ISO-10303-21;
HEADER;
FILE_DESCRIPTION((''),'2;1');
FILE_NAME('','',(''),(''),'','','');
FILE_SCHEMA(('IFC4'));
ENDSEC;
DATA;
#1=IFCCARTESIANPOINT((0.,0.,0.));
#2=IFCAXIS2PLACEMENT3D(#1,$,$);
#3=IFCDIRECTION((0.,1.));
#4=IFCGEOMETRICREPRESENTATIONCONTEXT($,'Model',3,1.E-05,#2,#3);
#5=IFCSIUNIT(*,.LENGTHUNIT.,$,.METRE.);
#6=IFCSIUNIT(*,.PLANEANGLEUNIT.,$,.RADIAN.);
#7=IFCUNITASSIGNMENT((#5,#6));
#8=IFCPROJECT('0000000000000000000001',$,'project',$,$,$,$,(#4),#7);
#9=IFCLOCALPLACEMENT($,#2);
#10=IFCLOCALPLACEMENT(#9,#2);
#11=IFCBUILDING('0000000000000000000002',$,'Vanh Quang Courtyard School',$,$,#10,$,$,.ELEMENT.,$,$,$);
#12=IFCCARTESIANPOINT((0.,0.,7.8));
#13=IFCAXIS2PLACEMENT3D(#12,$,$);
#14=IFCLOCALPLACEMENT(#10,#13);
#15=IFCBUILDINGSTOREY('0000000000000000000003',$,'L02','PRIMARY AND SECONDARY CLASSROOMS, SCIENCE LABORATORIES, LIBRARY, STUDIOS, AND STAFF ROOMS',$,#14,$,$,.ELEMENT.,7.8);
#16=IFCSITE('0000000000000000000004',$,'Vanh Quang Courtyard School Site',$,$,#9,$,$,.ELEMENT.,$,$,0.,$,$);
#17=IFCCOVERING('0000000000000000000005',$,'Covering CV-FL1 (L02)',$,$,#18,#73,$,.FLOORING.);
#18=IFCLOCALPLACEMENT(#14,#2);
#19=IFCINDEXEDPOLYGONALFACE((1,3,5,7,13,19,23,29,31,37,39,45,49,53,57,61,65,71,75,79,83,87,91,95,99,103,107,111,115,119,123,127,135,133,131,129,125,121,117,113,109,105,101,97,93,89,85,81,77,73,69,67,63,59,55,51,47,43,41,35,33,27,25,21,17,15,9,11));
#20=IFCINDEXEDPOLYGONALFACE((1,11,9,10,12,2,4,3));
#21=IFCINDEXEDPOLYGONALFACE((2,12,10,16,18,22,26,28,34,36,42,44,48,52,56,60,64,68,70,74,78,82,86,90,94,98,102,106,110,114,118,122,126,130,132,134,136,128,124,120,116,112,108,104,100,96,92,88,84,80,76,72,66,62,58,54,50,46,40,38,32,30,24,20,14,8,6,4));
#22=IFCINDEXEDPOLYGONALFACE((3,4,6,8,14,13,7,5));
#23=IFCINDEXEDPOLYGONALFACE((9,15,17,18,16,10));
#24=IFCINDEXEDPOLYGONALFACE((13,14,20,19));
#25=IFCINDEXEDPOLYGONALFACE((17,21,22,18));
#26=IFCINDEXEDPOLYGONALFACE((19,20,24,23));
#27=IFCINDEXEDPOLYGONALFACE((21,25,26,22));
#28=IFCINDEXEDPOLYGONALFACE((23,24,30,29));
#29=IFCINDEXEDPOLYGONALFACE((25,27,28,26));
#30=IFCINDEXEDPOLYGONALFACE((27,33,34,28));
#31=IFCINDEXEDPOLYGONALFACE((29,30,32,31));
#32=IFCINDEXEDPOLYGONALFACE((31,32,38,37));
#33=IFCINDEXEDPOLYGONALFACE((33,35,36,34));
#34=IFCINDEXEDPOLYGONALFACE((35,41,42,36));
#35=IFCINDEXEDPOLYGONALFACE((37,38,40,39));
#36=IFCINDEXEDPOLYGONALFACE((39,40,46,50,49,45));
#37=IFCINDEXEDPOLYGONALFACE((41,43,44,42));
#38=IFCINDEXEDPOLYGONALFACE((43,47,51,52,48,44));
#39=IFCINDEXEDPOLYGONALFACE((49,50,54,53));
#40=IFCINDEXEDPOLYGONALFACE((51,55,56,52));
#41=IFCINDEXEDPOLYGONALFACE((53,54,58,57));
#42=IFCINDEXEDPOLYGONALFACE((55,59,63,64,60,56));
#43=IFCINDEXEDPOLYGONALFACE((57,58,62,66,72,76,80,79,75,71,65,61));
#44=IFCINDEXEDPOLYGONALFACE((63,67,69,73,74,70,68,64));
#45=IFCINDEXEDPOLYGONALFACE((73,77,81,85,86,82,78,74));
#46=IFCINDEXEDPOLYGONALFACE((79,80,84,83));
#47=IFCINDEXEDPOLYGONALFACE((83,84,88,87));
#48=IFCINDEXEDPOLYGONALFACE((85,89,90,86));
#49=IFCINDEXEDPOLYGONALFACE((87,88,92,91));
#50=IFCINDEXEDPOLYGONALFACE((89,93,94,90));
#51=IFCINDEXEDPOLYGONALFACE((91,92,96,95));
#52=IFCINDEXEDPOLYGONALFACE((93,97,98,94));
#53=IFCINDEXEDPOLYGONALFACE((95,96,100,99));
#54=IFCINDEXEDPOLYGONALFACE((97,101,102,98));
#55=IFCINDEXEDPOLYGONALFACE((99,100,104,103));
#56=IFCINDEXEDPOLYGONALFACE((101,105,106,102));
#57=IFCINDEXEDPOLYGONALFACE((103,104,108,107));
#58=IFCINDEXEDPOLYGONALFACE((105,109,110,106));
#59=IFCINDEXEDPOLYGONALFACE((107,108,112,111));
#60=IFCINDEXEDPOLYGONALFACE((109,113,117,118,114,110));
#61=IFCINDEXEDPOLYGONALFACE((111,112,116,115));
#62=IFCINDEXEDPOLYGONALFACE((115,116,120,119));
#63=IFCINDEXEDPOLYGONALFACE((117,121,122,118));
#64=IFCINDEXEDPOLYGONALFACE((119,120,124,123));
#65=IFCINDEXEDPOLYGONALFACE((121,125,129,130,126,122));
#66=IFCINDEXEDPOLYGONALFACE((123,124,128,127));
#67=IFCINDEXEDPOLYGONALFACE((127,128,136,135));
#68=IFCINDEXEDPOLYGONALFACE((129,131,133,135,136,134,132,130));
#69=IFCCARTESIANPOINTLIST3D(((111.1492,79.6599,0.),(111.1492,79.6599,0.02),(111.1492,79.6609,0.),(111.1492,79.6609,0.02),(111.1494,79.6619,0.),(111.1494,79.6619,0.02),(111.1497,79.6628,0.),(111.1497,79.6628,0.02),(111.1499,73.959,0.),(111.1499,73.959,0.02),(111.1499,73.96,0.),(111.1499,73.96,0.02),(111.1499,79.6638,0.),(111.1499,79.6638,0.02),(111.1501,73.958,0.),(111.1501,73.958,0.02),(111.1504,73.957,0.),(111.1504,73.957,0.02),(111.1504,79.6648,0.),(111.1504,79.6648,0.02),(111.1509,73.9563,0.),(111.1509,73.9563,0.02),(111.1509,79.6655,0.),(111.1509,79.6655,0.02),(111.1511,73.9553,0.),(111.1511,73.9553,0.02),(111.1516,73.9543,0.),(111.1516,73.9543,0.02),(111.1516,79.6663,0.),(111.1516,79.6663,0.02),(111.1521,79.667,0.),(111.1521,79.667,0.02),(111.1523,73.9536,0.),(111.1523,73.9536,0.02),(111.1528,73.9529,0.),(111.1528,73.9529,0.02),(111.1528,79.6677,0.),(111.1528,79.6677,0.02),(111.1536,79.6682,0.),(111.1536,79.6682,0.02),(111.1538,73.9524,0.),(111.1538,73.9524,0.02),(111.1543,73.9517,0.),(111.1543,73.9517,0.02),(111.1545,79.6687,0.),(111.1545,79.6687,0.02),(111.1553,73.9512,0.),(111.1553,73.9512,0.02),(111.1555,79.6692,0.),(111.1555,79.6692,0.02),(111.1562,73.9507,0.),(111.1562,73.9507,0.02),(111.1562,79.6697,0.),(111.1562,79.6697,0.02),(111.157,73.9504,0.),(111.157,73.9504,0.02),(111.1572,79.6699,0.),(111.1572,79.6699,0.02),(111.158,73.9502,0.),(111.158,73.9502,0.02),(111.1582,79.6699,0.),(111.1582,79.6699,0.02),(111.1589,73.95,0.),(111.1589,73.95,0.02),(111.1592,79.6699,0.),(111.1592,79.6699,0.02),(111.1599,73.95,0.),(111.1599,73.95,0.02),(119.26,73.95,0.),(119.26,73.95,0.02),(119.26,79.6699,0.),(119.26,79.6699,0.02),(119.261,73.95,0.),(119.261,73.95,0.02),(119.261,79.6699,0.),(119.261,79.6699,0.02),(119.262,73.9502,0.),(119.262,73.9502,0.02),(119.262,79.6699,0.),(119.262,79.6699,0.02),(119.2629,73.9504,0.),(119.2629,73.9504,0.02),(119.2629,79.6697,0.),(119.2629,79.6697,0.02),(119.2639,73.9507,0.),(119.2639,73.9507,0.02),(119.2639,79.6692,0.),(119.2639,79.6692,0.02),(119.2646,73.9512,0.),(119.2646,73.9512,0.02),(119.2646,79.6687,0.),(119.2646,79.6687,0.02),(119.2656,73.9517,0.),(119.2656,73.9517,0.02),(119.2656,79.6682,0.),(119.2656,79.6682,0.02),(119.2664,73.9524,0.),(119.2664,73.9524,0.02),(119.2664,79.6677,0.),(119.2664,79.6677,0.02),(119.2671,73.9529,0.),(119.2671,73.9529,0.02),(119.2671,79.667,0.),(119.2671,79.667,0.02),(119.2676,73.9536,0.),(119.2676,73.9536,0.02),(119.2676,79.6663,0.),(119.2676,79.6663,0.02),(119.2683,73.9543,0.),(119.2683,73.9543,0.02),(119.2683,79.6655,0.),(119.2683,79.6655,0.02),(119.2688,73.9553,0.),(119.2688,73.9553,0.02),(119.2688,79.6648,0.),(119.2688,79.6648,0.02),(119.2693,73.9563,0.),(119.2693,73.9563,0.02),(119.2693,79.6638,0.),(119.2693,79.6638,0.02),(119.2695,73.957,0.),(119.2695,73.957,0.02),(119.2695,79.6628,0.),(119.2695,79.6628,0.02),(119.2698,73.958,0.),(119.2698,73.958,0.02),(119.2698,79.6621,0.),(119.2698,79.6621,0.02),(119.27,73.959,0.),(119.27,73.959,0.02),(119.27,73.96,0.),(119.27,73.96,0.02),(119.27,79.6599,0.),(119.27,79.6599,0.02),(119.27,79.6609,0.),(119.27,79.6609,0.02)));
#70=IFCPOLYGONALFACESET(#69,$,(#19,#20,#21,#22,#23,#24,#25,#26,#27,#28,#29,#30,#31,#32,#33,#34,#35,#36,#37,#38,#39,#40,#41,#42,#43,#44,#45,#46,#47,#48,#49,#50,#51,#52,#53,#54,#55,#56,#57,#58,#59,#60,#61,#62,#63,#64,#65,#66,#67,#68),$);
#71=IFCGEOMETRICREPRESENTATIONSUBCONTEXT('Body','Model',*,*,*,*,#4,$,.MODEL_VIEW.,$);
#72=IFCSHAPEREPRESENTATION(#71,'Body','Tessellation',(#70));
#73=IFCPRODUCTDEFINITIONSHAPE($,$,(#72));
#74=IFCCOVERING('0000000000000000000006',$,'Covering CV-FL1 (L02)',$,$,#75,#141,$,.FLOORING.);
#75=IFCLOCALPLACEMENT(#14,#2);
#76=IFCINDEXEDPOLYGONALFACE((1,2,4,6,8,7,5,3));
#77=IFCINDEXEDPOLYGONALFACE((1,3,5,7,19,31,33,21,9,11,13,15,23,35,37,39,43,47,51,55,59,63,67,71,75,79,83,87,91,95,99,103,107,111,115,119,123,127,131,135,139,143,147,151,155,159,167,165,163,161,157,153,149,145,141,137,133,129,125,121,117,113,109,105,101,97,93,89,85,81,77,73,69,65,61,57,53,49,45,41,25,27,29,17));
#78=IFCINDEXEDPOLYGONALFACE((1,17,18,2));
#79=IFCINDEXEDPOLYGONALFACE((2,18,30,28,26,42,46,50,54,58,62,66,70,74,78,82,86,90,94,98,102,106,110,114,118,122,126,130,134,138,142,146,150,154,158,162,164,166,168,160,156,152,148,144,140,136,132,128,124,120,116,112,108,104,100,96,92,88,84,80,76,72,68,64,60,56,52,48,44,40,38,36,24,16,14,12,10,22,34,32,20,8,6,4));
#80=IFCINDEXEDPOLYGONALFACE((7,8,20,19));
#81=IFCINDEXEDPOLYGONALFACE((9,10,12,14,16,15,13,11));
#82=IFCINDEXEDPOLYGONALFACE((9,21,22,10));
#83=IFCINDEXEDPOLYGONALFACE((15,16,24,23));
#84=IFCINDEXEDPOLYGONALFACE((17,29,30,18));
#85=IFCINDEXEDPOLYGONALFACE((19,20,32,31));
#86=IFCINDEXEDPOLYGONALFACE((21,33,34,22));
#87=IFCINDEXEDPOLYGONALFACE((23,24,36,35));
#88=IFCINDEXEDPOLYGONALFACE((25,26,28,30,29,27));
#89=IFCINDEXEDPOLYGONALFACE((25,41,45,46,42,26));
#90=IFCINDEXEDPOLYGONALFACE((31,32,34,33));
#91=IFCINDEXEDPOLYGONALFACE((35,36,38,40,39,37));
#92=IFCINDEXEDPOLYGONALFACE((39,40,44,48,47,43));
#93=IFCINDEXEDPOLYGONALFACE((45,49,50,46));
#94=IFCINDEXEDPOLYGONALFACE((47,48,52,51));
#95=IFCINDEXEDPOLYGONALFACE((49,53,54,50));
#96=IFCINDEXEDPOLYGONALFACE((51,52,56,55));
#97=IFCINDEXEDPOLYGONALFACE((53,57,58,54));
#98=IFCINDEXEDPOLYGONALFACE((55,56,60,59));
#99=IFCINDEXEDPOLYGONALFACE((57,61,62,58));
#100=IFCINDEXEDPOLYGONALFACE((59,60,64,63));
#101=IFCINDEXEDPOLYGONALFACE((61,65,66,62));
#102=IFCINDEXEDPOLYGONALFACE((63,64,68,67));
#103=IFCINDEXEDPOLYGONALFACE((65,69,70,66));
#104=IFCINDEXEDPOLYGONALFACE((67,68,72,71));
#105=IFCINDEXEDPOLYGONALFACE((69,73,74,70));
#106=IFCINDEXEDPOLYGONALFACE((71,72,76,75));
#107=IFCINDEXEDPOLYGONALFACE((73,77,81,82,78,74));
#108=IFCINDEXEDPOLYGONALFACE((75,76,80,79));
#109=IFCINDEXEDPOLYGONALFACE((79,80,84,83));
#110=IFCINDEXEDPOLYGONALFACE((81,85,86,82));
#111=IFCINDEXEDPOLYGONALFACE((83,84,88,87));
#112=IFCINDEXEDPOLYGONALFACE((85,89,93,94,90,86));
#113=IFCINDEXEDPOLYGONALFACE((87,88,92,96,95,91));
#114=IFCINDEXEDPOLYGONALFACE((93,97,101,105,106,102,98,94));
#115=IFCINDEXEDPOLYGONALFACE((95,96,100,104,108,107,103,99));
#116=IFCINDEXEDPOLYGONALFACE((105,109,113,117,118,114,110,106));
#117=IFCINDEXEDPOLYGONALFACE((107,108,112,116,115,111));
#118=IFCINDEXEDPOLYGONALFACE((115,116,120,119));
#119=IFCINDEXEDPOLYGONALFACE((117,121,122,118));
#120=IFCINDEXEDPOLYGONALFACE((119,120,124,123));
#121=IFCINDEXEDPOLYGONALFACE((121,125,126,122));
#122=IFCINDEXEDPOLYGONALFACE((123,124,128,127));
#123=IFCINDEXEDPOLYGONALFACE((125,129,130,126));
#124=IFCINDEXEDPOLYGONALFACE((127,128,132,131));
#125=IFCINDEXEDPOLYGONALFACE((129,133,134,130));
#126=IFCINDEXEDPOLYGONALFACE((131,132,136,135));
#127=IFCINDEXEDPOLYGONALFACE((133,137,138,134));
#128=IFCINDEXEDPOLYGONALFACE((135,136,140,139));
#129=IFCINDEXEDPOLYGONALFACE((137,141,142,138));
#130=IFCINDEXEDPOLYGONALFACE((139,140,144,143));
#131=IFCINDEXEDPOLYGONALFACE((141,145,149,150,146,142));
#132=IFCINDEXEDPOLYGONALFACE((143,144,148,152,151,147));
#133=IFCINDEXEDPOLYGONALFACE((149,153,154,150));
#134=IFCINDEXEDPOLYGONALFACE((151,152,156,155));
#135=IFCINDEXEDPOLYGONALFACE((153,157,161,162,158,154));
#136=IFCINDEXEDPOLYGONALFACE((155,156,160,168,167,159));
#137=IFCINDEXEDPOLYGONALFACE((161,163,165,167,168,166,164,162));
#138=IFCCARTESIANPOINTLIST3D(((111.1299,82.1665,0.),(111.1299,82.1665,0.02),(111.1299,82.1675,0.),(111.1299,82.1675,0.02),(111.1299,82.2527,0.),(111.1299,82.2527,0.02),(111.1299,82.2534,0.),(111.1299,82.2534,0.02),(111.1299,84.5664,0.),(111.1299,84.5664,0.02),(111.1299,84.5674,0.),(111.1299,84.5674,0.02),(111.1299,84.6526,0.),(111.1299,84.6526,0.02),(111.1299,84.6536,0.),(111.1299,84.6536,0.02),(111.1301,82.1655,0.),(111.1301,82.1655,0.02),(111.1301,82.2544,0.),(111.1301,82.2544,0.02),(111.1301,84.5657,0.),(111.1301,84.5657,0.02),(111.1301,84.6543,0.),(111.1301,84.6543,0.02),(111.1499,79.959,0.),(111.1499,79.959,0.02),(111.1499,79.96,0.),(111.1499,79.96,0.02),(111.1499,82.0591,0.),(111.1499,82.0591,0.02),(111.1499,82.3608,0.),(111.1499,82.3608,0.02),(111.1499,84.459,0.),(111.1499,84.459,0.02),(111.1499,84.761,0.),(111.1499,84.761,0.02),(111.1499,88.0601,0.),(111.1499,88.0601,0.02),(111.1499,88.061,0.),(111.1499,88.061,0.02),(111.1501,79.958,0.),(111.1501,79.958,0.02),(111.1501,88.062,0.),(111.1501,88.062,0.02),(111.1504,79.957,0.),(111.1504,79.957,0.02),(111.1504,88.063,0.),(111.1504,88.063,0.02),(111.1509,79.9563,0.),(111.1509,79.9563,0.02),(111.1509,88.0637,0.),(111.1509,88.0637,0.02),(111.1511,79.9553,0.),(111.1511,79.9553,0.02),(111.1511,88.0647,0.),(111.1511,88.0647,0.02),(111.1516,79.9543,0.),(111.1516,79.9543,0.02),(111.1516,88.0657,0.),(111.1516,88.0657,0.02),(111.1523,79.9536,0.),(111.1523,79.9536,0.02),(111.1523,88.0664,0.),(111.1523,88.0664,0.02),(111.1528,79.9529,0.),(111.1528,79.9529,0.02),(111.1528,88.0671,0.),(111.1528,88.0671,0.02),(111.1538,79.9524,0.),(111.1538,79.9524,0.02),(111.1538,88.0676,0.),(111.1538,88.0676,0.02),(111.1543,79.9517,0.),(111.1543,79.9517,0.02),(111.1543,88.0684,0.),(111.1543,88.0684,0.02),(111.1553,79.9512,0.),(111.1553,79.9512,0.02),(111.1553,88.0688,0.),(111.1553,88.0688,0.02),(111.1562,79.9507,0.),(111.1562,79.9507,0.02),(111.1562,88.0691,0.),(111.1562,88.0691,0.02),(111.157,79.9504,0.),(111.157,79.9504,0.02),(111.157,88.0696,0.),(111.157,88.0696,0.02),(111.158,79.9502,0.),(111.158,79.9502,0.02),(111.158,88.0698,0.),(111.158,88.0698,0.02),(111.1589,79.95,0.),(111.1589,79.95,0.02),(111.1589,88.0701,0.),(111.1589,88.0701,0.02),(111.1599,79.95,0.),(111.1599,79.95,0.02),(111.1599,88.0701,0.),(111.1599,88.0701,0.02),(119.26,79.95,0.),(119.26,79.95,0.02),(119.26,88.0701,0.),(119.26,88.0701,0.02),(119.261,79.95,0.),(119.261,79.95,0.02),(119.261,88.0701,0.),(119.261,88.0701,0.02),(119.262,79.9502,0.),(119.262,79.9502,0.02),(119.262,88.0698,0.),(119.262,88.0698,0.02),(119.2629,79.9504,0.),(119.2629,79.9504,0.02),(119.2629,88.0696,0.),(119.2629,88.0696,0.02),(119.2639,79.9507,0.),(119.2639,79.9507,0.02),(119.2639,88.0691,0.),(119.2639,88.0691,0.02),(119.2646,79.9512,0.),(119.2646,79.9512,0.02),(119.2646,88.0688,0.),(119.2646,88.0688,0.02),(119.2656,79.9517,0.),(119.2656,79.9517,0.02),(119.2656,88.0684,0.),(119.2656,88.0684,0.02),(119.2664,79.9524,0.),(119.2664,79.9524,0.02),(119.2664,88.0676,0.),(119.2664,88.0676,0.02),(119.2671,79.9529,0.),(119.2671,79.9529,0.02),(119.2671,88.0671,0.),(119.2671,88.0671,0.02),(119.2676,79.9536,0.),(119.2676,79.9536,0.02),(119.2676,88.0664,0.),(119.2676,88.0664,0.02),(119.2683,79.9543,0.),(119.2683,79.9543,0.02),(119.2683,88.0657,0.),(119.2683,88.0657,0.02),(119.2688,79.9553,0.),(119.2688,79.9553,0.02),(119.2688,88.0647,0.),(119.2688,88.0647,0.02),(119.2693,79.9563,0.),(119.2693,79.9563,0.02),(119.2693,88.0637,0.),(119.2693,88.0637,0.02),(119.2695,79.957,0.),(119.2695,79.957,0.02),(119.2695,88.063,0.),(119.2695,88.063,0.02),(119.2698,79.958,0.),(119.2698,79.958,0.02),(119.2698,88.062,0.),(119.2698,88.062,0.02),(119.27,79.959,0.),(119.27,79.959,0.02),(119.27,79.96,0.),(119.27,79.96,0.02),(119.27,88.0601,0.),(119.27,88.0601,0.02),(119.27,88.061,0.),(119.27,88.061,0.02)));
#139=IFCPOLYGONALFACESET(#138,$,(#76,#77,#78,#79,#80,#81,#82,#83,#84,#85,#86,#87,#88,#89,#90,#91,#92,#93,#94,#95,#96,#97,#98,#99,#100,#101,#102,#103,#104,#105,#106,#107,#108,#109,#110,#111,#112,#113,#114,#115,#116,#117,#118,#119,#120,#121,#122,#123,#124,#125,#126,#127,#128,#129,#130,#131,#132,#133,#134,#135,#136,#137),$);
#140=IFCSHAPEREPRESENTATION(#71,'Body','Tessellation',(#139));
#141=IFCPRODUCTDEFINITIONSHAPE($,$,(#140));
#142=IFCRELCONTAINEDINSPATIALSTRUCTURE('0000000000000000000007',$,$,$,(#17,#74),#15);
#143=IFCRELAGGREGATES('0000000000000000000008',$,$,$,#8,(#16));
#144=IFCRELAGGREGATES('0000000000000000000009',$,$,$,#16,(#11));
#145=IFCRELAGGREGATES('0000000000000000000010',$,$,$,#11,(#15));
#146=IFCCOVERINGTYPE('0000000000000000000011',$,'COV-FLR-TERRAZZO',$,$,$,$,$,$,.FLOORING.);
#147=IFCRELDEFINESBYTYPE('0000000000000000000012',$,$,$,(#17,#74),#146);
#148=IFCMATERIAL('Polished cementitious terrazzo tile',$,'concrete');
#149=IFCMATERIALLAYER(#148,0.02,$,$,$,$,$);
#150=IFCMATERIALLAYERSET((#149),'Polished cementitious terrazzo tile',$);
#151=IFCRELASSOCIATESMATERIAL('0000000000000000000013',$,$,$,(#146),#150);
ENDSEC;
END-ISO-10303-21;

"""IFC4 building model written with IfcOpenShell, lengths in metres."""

from ifc_helpers import new_model, si_unit, direction, frame, origin, place, context, subcontext, project, spatial, polyline, outline, extrude, material, layer, layer_set, type_object, element, save


model = new_model("IFC4")

# Units and contexts
model_context = context("Model", 3, precision=1e-05, world=origin(), true_north=direction((0.0, 1.0)))
body_context = subcontext(model_context, "Body", "Model", "MODEL_VIEW")
ifc_project = project(units=[si_unit("LENGTHUNIT", "METRE"), si_unit("PLANEANGLEUNIT", "RADIAN")], contexts=[model_context])

# Site, building, storey
site_placement = place(None, origin())
site = spatial("IfcSite", under=ifc_project, at=site_placement, Name="Vanh Quang Courtyard School Site", CompositionType="ELEMENT", RefElevation=0.0)
building_placement = place(site_placement, origin())
building = spatial("IfcBuilding", under=site, at=building_placement, Name="Vanh Quang Courtyard School", CompositionType="ELEMENT")
storey_placement = place(building_placement, frame((0.0, 0.0, 7.8)))
storey = spatial("IfcBuildingStorey", under=building, at=storey_placement, Name="L02", Description="PRIMARY AND SECONDARY CLASSROOMS, SCIENCE LABORATORIES, LIBRARY, STUDIOS, AND STAFF ROOMS", CompositionType="ELEMENT", Elevation=7.8)

# Coverings
ifc_material_1 = material(Name="Polished cementitious terrazzo tile", Category="concrete")
ifc_layer_1 = layer(ifc_material_1, 0.02)
ifc_layer_set_1 = layer_set([ifc_layer_1], Name="Polished cementitious terrazzo tile")
covering_type_1 = type_object("IfcCoveringType", Name="COV-FLR-TERRAZZO", PredefinedType="FLOORING", material=ifc_layer_set_1)
covering_1_placement = place(storey_placement, origin())
element("IfcCovering", 1, at=covering_1_placement, inside=storey, type_object=covering_type_1, Name="Covering CV-FL1 (L02)", PredefinedType="FLOORING", context=body_context, shape_type="SweptSolid", body=[
    extrude(outline(polyline([(111.1492, 79.6599), (111.1492, 79.6609), (111.1494, 79.6619), (111.1497, 79.6628), (111.1499, 79.6638), (111.1504, 79.6648), (111.1509, 79.6655), (111.1516, 79.6663), (111.1521, 79.667), (111.1528, 79.6677), (111.1536, 79.6682), (111.1545, 79.6687), (111.1555, 79.6692), (111.1562, 79.6697), (111.1572, 79.6699), (111.1582, 79.6699), (111.1592, 79.6699), (119.26, 79.6699), (119.261, 79.6699), (119.262, 79.6699), (119.2629, 79.6697), (119.2639, 79.6692), (119.2646, 79.6687), (119.2656, 79.6682), (119.2664, 79.6677), (119.2671, 79.667), (119.2676, 79.6663), (119.2683, 79.6655), (119.2688, 79.6648), (119.2693, 79.6638), (119.2695, 79.6628), (119.2698, 79.6621), (119.27, 79.6609), (119.27, 79.6599), (119.27, 73.96), (119.27, 73.959), (119.2698, 73.958), (119.2695, 73.957), (119.2693, 73.9563), (119.2688, 73.9553), (119.2683, 73.9543), (119.2676, 73.9536), (119.2671, 73.9529), (119.2664, 73.9524), (119.2656, 73.9517), (119.2646, 73.9512), (119.2639, 73.9507), (119.2629, 73.9504), (119.262, 73.9502), (119.261, 73.95), (119.26, 73.95), (111.1599, 73.95), (111.1589, 73.95), (111.158, 73.9502), (111.157, 73.9504), (111.1562, 73.9507), (111.1553, 73.9512), (111.1543, 73.9517), (111.1538, 73.9524), (111.1528, 73.9529), (111.1523, 73.9536), (111.1516, 73.9543), (111.1511, 73.9553), (111.1509, 73.9563), (111.1504, 73.957), (111.1501, 73.958), (111.1499, 73.959), (111.1499, 73.96), (111.1492, 79.6599)])), origin(), (0.0, 0.0, 1.0), 0.02),
])
covering_2_placement = place(storey_placement, origin())
element("IfcCovering", 2, at=covering_2_placement, inside=storey, type_object=covering_type_1, Name="Covering CV-FL1 (L02)", PredefinedType="FLOORING", context=body_context, shape_type="SweptSolid", body=[
    extrude(outline(polyline([(111.1599, 79.95), (111.1589, 79.95), (111.158, 79.9502), (111.157, 79.9504), (111.1562, 79.9507), (111.1553, 79.9512), (111.1543, 79.9517), (111.1538, 79.9524), (111.1528, 79.9529), (111.1523, 79.9536), (111.1516, 79.9543), (111.1511, 79.9553), (111.1509, 79.9563), (111.1504, 79.957), (111.1501, 79.958), (111.1499, 79.959), (111.1499, 79.96), (111.1499, 82.0591), (111.1301, 82.1655), (111.1299, 82.1665), (111.1299, 82.1675), (111.1299, 82.2527), (111.1299, 82.2534), (111.1301, 82.2544), (111.1499, 82.3608), (111.1499, 84.459), (111.1301, 84.5657), (111.1299, 84.5664), (111.1299, 84.5674), (111.1299, 84.6526), (111.1299, 84.6536), (111.1301, 84.6543), (111.1499, 84.761), (111.1499, 88.0601), (111.1499, 88.061), (111.1501, 88.062), (111.1504, 88.063), (111.1509, 88.0637), (111.1511, 88.0647), (111.1516, 88.0657), (111.1523, 88.0664), (111.1528, 88.0671), (111.1538, 88.0676), (111.1543, 88.0684), (111.1553, 88.0688), (111.1562, 88.0691), (111.157, 88.0696), (111.158, 88.0698), (111.1589, 88.0701), (111.1599, 88.0701), (119.26, 88.0701), (119.261, 88.0701), (119.262, 88.0698), (119.2629, 88.0696), (119.2639, 88.0691), (119.2646, 88.0688), (119.2656, 88.0684), (119.2664, 88.0676), (119.2671, 88.0671), (119.2676, 88.0664), (119.2683, 88.0657), (119.2688, 88.0647), (119.2693, 88.0637), (119.2695, 88.063), (119.2698, 88.062), (119.27, 88.061), (119.27, 88.0601), (119.27, 79.96), (119.27, 79.959), (119.2698, 79.958), (119.2695, 79.957), (119.2693, 79.9563), (119.2688, 79.9553), (119.2683, 79.9543), (119.2676, 79.9536), (119.2671, 79.9529), (119.2664, 79.9524), (119.2656, 79.9517), (119.2646, 79.9512), (119.2639, 79.9507), (119.2629, 79.9504), (119.262, 79.9502), (119.261, 79.95), (119.26, 79.95), (111.1599, 79.95)])), origin(), (0.0, 0.0, 1.0), 0.02),
])

save(model, "model.ifc")
